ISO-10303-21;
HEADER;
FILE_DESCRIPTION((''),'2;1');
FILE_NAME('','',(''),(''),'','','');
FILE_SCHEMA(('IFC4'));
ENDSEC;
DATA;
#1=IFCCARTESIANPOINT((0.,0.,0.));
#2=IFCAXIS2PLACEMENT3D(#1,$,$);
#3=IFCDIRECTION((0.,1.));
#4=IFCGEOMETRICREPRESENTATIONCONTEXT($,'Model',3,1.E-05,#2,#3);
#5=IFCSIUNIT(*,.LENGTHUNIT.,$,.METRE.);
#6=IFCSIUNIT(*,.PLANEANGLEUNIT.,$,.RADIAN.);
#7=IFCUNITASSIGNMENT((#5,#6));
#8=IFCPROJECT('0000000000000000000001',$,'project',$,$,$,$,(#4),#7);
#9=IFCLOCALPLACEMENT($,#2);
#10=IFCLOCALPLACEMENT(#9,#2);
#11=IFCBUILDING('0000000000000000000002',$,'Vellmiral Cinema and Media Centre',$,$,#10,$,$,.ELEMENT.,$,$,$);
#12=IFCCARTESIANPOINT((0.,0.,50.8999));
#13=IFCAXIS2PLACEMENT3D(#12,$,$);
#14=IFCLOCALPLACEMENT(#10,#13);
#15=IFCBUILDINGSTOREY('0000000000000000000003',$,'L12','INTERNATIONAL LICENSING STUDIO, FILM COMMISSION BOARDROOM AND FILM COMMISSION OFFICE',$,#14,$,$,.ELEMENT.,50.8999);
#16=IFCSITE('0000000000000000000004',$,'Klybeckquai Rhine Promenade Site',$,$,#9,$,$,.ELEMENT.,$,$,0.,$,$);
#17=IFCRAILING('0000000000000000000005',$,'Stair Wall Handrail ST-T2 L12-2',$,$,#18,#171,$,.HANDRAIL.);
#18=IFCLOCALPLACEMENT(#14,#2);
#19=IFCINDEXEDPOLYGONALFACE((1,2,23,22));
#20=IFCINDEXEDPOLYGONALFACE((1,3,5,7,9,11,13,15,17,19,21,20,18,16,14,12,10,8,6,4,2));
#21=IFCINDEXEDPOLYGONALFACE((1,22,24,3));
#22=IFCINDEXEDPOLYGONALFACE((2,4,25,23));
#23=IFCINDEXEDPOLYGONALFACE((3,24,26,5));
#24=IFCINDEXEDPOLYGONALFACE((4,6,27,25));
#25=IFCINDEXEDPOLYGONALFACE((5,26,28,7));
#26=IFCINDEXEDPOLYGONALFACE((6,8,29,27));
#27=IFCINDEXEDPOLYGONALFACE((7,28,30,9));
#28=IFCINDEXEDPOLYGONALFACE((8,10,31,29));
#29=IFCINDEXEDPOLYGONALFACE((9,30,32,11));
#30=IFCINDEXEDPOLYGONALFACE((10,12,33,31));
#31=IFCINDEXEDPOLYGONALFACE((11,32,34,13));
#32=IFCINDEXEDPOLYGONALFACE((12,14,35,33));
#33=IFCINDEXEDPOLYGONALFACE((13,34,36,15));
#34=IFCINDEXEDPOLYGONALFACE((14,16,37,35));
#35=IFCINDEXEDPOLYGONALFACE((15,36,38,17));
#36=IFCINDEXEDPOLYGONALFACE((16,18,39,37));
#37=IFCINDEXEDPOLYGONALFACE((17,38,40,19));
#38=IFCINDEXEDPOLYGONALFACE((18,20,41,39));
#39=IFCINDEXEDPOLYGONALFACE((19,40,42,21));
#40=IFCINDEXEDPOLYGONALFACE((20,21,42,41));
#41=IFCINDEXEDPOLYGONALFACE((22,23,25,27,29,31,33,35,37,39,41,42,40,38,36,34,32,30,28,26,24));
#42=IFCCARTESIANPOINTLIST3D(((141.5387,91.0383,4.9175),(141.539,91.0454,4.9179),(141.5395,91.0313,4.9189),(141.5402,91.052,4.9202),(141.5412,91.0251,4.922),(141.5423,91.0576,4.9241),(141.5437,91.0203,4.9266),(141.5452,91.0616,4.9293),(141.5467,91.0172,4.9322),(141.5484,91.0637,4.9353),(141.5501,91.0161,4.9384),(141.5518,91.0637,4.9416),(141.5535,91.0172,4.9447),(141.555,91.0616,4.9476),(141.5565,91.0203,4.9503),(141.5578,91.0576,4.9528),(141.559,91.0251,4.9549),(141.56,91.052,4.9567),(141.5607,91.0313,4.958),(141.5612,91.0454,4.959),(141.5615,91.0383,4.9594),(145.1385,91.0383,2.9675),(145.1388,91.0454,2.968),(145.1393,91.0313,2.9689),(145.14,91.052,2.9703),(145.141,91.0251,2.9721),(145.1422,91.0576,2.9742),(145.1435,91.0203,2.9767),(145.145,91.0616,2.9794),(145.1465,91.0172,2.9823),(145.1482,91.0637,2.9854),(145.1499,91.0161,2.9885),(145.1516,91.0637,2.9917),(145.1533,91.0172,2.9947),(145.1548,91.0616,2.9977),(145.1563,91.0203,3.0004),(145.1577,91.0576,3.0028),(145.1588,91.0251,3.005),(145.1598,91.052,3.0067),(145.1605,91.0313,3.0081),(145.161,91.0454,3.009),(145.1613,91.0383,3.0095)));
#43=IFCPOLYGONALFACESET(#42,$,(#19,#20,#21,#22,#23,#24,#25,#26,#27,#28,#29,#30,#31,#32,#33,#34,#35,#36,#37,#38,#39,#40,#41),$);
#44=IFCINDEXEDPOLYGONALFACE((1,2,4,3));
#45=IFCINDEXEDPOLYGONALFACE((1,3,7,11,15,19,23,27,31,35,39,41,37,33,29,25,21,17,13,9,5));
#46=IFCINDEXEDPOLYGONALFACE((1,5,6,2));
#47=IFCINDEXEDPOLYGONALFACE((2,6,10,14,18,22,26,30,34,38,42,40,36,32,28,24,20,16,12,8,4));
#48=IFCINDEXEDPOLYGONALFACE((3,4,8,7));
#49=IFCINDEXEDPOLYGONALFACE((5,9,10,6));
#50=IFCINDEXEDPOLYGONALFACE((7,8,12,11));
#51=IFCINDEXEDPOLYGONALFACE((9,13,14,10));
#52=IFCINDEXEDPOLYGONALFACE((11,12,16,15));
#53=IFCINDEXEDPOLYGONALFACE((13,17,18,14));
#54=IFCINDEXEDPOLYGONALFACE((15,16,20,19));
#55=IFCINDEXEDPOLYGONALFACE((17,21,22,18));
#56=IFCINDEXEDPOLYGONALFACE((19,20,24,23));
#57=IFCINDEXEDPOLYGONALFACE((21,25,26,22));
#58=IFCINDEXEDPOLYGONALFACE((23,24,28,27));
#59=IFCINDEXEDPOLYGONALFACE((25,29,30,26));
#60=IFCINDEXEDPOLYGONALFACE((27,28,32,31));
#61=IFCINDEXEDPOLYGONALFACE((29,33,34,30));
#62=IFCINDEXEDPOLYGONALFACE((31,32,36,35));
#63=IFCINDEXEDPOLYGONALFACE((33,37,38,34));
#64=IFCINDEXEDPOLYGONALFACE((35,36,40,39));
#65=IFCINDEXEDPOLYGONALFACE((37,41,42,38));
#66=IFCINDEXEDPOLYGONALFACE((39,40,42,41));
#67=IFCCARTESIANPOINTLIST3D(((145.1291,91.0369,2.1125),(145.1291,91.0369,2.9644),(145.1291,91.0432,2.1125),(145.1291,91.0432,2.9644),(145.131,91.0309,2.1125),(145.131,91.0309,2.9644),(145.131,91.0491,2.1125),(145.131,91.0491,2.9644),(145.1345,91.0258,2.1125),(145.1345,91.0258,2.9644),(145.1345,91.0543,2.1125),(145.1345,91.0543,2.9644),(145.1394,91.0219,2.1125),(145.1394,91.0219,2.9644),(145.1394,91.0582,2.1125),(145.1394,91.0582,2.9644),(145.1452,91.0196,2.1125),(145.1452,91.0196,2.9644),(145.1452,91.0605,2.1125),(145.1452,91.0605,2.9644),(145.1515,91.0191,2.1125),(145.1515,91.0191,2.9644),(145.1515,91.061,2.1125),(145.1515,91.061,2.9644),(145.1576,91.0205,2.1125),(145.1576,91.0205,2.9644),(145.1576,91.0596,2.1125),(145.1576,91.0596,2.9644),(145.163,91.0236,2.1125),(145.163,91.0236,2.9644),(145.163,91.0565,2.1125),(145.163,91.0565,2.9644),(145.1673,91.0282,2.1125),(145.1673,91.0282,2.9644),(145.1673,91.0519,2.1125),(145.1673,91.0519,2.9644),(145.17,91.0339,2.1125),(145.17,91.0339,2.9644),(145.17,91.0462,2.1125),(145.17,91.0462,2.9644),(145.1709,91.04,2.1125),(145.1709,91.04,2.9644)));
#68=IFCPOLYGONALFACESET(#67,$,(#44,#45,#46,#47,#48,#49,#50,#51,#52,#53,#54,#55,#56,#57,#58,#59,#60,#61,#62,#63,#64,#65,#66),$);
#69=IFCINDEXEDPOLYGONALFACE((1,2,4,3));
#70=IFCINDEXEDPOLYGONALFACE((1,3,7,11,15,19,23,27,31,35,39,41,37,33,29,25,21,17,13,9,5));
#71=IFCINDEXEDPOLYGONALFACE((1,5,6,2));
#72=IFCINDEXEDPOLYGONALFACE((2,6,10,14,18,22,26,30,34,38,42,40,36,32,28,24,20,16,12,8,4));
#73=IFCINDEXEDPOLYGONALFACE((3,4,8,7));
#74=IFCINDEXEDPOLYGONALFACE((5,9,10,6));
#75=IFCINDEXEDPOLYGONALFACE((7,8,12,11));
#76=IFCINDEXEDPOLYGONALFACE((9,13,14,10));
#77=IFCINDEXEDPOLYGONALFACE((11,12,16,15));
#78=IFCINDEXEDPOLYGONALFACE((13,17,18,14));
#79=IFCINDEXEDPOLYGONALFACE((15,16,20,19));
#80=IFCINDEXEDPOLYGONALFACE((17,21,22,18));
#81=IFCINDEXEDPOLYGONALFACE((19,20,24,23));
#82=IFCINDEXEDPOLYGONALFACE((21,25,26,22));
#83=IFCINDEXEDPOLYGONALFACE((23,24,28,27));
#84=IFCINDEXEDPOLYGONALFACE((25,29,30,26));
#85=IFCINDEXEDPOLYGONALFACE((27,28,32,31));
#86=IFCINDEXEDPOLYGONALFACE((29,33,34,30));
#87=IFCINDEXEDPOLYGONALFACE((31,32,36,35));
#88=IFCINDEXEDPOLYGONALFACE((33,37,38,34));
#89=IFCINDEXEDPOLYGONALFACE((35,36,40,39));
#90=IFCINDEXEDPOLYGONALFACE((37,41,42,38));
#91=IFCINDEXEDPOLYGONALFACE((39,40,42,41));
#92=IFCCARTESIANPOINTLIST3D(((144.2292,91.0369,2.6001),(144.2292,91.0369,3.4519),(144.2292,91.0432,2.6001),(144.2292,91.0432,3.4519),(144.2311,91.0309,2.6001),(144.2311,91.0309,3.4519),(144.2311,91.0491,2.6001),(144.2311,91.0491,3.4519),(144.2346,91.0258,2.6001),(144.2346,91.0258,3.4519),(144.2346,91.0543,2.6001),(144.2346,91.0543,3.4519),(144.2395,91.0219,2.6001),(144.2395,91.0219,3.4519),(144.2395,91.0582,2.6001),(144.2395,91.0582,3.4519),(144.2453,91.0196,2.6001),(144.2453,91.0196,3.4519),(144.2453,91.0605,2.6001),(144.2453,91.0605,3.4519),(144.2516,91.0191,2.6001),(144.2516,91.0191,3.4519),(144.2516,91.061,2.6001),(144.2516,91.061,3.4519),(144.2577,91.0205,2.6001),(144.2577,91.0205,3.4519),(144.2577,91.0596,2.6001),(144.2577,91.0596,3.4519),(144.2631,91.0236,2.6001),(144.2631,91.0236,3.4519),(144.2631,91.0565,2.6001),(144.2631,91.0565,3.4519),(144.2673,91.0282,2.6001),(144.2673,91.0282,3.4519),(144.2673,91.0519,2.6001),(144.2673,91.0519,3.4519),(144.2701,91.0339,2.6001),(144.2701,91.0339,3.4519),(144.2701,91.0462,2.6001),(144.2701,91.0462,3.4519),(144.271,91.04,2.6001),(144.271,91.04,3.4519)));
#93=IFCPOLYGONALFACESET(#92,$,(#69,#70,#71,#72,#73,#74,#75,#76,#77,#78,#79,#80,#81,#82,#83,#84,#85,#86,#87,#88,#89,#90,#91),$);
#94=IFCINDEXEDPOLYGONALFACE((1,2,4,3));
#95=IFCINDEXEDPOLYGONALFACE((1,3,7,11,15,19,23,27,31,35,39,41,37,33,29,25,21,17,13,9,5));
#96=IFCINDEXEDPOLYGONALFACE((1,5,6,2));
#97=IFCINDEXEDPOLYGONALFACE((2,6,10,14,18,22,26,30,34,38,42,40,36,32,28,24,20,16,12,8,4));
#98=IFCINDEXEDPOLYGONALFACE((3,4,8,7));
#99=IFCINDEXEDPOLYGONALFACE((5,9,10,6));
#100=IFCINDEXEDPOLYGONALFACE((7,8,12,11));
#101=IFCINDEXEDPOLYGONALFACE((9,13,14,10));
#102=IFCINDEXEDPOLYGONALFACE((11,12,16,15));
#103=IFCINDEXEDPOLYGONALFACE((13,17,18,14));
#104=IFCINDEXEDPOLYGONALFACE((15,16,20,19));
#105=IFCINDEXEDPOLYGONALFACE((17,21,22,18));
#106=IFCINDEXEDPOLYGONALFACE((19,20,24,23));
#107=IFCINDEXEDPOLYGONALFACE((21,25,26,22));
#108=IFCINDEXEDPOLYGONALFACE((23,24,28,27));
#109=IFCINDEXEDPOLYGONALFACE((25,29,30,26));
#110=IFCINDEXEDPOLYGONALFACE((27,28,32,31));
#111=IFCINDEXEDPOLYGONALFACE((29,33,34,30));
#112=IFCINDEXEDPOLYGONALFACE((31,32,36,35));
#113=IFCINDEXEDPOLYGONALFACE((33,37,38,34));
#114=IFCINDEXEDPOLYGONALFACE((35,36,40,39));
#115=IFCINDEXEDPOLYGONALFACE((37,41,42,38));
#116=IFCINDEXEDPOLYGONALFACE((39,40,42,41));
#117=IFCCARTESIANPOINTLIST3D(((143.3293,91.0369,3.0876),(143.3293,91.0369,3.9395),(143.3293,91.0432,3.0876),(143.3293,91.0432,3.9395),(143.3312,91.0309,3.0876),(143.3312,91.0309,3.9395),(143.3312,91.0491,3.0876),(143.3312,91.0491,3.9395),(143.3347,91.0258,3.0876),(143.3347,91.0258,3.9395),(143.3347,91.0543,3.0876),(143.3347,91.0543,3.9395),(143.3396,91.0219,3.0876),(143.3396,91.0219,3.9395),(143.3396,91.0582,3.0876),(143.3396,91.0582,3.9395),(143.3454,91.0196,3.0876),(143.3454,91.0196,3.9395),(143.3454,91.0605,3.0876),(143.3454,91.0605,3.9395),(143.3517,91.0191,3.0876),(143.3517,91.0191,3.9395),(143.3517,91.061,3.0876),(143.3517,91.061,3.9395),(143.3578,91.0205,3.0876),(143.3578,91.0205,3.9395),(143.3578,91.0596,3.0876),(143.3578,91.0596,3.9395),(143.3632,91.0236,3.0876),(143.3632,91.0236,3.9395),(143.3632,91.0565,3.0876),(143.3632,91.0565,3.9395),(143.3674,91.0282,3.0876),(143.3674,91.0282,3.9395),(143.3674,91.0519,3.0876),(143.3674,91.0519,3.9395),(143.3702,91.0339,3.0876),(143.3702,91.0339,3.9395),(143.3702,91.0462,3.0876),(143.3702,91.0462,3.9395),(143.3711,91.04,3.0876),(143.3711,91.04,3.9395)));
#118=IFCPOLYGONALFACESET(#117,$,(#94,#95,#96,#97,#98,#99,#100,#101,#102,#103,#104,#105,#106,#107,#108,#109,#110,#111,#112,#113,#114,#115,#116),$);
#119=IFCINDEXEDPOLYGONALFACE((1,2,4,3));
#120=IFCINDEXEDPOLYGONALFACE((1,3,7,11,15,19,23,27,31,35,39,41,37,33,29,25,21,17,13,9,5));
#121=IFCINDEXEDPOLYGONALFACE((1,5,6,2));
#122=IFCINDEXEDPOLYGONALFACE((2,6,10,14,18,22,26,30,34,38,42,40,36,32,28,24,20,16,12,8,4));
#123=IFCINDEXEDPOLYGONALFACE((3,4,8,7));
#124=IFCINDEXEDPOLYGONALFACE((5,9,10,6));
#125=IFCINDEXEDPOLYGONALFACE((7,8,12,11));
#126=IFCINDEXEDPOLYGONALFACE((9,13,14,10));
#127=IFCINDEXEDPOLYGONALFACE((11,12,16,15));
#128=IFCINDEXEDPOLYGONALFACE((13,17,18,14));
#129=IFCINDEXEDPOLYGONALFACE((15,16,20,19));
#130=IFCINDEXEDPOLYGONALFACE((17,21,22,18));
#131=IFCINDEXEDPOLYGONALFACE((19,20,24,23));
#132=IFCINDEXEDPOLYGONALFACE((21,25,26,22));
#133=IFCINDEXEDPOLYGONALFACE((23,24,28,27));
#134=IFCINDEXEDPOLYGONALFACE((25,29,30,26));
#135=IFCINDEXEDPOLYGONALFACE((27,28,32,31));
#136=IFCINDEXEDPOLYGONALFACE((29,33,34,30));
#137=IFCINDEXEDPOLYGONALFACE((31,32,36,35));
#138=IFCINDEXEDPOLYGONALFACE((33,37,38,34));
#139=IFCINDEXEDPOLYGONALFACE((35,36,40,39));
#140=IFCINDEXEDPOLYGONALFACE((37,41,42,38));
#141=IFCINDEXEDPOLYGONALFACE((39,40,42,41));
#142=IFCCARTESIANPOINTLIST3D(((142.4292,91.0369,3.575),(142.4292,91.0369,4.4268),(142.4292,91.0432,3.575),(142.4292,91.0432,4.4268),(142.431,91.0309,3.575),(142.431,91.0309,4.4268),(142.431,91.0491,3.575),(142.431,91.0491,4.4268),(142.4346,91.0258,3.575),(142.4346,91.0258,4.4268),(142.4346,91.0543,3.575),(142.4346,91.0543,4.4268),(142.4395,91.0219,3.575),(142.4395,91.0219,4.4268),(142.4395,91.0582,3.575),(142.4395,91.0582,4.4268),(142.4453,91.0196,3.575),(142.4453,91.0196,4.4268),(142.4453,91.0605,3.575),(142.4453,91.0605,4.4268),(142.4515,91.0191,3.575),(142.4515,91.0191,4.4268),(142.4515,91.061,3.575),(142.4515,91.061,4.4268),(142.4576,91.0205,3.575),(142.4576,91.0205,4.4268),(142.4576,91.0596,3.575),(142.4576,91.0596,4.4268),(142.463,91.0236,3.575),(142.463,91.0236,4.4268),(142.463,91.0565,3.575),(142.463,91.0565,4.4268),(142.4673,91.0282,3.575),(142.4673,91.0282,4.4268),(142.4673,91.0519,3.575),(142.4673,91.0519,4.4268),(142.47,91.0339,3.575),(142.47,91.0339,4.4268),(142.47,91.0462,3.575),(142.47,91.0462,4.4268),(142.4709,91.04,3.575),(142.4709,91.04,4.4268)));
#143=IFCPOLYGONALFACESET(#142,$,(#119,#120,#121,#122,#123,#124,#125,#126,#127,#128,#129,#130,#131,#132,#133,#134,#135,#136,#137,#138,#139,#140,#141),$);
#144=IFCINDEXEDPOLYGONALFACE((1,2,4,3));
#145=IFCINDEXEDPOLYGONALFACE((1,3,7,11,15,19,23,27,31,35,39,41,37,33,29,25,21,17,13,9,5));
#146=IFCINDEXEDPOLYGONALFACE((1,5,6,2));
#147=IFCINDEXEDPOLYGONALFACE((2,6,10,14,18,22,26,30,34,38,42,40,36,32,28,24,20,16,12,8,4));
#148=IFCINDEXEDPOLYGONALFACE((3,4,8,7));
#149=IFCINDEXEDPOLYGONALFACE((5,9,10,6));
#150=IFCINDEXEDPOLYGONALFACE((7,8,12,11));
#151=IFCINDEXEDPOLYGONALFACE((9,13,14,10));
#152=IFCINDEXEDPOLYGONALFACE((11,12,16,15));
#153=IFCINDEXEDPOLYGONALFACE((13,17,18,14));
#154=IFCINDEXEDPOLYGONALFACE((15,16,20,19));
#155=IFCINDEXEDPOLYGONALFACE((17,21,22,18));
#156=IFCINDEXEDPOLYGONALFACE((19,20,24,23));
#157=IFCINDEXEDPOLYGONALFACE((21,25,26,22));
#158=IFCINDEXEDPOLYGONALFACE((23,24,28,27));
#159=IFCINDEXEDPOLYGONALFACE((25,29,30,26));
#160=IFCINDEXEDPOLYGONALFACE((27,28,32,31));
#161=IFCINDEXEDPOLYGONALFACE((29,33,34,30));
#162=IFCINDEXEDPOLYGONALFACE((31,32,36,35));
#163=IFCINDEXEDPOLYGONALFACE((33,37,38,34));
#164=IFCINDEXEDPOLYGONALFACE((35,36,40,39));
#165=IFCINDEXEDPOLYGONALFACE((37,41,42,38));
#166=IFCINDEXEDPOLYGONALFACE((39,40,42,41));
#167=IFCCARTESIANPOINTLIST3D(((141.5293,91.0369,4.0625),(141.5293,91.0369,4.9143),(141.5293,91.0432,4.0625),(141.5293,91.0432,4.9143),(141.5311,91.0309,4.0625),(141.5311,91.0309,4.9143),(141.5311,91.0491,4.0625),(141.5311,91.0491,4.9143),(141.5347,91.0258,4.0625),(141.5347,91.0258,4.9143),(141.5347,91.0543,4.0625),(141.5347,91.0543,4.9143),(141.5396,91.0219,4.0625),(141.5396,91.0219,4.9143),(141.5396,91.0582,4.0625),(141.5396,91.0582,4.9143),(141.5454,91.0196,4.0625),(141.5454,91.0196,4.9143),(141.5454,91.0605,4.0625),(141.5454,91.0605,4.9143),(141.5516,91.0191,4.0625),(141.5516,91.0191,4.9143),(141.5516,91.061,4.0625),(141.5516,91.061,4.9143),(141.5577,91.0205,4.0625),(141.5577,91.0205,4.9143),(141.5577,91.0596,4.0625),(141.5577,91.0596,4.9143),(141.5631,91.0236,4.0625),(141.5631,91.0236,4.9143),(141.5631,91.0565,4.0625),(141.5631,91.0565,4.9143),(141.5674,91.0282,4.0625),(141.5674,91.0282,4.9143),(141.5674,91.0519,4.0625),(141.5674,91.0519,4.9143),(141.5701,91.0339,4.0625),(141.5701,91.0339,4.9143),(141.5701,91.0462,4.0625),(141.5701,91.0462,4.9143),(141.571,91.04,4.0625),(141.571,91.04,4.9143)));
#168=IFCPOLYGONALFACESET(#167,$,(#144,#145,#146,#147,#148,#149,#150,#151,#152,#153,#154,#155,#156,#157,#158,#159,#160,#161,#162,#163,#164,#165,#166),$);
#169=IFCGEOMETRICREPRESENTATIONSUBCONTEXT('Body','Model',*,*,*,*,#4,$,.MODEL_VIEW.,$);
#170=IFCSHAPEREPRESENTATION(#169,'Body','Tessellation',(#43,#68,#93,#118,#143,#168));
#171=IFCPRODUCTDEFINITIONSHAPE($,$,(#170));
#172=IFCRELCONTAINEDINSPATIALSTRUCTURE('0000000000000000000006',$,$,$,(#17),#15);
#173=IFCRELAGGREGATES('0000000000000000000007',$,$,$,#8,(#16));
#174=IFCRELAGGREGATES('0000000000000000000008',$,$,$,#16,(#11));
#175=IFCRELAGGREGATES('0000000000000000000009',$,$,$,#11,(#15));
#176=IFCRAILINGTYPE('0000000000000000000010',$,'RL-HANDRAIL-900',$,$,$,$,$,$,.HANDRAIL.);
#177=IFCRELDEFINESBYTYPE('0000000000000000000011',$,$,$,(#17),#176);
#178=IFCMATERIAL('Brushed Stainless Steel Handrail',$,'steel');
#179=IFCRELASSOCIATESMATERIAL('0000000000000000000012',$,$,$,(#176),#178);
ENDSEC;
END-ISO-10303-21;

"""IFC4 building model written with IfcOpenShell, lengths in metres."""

from ifc_helpers import new_model, si_unit, direction, frame, origin, origin_2d, place, context, subcontext, project, spatial, circle, extrude, material, type_object, element, save


model = new_model("IFC4")

# Units and contexts
model_context = context("Model", 3, precision=1e-05, world=origin(), true_north=direction((0.0, 1.0)))
body_context = subcontext(model_context, "Body", "Model", "MODEL_VIEW")
ifc_project = project(units=[si_unit("LENGTHUNIT", "METRE"), si_unit("PLANEANGLEUNIT", "RADIAN")], contexts=[model_context])

# Site, building, storey
site_placement = place(None, origin())
site = spatial("IfcSite", under=ifc_project, at=site_placement, Name="Klybeckquai Rhine Promenade Site", CompositionType="ELEMENT", RefElevation=0.0)
building_placement = place(site_placement, origin())
building = spatial("IfcBuilding", under=site, at=building_placement, Name="Vellmiral Cinema and Media Centre", CompositionType="ELEMENT")
storey_placement = place(building_placement, frame((0.0, 0.0, 50.8999)))
storey = spatial("IfcBuildingStorey", under=building, at=storey_placement, Name="L12", Description="INTERNATIONAL LICENSING STUDIO, FILM COMMISSION BOARDROOM AND FILM COMMISSION OFFICE", CompositionType="ELEMENT", Elevation=50.8999)

# Railing
ifc_material_1 = material(Name="Brushed Stainless Steel Handrail", Category="steel")
railing_type_1 = type_object("IfcRailingType", Name="RL-HANDRAIL-900", PredefinedType="HANDRAIL", material=ifc_material_1)
railing_1_placement = place(storey_placement, frame((145.1499, 91.04, 2.1125)))
element("IfcRailing", 1, at=railing_1_placement, inside=storey, type_object=railing_type_1, Name="Stair Wall Handrail ST-T2 L12-2", PredefinedType="HANDRAIL", context=body_context, shape_type="SweptSolid", body=[
    extrude(circle(Radius=0.0239, at=origin_2d()), frame((0.0, 0.0, 0.876), z_axis=(-0.879289, 0.0, 0.476289), x_axis=(0.0, -1.0, 0.0)), (0.0, 0.0, 1.0), 4.094),
    extrude(circle(Radius=0.021, at=origin_2d()), origin(), (0.0, 0.0, 1.0), 0.8518),
    extrude(circle(Radius=0.021, at=origin_2d()), frame((-0.8999, 0.0, 0.4875)), (0.0, 0.0, 1.0), 0.8518),
    extrude(circle(Radius=0.021, at=origin_2d()), frame((-1.7998, 0.0, 0.9751)), (0.0, 0.0, 1.0), 0.8518),
    extrude(circle(Radius=0.021, at=origin_2d()), frame((-2.7, 0.0, 1.4624)), (0.0, 0.0, 1.0), 0.8518),
    extrude(circle(Radius=0.021, at=origin_2d()), frame((-3.5999, 0.0, 1.95)), (0.0, 0.0, 1.0), 0.8518),
])

save(model, "model.ifc")
